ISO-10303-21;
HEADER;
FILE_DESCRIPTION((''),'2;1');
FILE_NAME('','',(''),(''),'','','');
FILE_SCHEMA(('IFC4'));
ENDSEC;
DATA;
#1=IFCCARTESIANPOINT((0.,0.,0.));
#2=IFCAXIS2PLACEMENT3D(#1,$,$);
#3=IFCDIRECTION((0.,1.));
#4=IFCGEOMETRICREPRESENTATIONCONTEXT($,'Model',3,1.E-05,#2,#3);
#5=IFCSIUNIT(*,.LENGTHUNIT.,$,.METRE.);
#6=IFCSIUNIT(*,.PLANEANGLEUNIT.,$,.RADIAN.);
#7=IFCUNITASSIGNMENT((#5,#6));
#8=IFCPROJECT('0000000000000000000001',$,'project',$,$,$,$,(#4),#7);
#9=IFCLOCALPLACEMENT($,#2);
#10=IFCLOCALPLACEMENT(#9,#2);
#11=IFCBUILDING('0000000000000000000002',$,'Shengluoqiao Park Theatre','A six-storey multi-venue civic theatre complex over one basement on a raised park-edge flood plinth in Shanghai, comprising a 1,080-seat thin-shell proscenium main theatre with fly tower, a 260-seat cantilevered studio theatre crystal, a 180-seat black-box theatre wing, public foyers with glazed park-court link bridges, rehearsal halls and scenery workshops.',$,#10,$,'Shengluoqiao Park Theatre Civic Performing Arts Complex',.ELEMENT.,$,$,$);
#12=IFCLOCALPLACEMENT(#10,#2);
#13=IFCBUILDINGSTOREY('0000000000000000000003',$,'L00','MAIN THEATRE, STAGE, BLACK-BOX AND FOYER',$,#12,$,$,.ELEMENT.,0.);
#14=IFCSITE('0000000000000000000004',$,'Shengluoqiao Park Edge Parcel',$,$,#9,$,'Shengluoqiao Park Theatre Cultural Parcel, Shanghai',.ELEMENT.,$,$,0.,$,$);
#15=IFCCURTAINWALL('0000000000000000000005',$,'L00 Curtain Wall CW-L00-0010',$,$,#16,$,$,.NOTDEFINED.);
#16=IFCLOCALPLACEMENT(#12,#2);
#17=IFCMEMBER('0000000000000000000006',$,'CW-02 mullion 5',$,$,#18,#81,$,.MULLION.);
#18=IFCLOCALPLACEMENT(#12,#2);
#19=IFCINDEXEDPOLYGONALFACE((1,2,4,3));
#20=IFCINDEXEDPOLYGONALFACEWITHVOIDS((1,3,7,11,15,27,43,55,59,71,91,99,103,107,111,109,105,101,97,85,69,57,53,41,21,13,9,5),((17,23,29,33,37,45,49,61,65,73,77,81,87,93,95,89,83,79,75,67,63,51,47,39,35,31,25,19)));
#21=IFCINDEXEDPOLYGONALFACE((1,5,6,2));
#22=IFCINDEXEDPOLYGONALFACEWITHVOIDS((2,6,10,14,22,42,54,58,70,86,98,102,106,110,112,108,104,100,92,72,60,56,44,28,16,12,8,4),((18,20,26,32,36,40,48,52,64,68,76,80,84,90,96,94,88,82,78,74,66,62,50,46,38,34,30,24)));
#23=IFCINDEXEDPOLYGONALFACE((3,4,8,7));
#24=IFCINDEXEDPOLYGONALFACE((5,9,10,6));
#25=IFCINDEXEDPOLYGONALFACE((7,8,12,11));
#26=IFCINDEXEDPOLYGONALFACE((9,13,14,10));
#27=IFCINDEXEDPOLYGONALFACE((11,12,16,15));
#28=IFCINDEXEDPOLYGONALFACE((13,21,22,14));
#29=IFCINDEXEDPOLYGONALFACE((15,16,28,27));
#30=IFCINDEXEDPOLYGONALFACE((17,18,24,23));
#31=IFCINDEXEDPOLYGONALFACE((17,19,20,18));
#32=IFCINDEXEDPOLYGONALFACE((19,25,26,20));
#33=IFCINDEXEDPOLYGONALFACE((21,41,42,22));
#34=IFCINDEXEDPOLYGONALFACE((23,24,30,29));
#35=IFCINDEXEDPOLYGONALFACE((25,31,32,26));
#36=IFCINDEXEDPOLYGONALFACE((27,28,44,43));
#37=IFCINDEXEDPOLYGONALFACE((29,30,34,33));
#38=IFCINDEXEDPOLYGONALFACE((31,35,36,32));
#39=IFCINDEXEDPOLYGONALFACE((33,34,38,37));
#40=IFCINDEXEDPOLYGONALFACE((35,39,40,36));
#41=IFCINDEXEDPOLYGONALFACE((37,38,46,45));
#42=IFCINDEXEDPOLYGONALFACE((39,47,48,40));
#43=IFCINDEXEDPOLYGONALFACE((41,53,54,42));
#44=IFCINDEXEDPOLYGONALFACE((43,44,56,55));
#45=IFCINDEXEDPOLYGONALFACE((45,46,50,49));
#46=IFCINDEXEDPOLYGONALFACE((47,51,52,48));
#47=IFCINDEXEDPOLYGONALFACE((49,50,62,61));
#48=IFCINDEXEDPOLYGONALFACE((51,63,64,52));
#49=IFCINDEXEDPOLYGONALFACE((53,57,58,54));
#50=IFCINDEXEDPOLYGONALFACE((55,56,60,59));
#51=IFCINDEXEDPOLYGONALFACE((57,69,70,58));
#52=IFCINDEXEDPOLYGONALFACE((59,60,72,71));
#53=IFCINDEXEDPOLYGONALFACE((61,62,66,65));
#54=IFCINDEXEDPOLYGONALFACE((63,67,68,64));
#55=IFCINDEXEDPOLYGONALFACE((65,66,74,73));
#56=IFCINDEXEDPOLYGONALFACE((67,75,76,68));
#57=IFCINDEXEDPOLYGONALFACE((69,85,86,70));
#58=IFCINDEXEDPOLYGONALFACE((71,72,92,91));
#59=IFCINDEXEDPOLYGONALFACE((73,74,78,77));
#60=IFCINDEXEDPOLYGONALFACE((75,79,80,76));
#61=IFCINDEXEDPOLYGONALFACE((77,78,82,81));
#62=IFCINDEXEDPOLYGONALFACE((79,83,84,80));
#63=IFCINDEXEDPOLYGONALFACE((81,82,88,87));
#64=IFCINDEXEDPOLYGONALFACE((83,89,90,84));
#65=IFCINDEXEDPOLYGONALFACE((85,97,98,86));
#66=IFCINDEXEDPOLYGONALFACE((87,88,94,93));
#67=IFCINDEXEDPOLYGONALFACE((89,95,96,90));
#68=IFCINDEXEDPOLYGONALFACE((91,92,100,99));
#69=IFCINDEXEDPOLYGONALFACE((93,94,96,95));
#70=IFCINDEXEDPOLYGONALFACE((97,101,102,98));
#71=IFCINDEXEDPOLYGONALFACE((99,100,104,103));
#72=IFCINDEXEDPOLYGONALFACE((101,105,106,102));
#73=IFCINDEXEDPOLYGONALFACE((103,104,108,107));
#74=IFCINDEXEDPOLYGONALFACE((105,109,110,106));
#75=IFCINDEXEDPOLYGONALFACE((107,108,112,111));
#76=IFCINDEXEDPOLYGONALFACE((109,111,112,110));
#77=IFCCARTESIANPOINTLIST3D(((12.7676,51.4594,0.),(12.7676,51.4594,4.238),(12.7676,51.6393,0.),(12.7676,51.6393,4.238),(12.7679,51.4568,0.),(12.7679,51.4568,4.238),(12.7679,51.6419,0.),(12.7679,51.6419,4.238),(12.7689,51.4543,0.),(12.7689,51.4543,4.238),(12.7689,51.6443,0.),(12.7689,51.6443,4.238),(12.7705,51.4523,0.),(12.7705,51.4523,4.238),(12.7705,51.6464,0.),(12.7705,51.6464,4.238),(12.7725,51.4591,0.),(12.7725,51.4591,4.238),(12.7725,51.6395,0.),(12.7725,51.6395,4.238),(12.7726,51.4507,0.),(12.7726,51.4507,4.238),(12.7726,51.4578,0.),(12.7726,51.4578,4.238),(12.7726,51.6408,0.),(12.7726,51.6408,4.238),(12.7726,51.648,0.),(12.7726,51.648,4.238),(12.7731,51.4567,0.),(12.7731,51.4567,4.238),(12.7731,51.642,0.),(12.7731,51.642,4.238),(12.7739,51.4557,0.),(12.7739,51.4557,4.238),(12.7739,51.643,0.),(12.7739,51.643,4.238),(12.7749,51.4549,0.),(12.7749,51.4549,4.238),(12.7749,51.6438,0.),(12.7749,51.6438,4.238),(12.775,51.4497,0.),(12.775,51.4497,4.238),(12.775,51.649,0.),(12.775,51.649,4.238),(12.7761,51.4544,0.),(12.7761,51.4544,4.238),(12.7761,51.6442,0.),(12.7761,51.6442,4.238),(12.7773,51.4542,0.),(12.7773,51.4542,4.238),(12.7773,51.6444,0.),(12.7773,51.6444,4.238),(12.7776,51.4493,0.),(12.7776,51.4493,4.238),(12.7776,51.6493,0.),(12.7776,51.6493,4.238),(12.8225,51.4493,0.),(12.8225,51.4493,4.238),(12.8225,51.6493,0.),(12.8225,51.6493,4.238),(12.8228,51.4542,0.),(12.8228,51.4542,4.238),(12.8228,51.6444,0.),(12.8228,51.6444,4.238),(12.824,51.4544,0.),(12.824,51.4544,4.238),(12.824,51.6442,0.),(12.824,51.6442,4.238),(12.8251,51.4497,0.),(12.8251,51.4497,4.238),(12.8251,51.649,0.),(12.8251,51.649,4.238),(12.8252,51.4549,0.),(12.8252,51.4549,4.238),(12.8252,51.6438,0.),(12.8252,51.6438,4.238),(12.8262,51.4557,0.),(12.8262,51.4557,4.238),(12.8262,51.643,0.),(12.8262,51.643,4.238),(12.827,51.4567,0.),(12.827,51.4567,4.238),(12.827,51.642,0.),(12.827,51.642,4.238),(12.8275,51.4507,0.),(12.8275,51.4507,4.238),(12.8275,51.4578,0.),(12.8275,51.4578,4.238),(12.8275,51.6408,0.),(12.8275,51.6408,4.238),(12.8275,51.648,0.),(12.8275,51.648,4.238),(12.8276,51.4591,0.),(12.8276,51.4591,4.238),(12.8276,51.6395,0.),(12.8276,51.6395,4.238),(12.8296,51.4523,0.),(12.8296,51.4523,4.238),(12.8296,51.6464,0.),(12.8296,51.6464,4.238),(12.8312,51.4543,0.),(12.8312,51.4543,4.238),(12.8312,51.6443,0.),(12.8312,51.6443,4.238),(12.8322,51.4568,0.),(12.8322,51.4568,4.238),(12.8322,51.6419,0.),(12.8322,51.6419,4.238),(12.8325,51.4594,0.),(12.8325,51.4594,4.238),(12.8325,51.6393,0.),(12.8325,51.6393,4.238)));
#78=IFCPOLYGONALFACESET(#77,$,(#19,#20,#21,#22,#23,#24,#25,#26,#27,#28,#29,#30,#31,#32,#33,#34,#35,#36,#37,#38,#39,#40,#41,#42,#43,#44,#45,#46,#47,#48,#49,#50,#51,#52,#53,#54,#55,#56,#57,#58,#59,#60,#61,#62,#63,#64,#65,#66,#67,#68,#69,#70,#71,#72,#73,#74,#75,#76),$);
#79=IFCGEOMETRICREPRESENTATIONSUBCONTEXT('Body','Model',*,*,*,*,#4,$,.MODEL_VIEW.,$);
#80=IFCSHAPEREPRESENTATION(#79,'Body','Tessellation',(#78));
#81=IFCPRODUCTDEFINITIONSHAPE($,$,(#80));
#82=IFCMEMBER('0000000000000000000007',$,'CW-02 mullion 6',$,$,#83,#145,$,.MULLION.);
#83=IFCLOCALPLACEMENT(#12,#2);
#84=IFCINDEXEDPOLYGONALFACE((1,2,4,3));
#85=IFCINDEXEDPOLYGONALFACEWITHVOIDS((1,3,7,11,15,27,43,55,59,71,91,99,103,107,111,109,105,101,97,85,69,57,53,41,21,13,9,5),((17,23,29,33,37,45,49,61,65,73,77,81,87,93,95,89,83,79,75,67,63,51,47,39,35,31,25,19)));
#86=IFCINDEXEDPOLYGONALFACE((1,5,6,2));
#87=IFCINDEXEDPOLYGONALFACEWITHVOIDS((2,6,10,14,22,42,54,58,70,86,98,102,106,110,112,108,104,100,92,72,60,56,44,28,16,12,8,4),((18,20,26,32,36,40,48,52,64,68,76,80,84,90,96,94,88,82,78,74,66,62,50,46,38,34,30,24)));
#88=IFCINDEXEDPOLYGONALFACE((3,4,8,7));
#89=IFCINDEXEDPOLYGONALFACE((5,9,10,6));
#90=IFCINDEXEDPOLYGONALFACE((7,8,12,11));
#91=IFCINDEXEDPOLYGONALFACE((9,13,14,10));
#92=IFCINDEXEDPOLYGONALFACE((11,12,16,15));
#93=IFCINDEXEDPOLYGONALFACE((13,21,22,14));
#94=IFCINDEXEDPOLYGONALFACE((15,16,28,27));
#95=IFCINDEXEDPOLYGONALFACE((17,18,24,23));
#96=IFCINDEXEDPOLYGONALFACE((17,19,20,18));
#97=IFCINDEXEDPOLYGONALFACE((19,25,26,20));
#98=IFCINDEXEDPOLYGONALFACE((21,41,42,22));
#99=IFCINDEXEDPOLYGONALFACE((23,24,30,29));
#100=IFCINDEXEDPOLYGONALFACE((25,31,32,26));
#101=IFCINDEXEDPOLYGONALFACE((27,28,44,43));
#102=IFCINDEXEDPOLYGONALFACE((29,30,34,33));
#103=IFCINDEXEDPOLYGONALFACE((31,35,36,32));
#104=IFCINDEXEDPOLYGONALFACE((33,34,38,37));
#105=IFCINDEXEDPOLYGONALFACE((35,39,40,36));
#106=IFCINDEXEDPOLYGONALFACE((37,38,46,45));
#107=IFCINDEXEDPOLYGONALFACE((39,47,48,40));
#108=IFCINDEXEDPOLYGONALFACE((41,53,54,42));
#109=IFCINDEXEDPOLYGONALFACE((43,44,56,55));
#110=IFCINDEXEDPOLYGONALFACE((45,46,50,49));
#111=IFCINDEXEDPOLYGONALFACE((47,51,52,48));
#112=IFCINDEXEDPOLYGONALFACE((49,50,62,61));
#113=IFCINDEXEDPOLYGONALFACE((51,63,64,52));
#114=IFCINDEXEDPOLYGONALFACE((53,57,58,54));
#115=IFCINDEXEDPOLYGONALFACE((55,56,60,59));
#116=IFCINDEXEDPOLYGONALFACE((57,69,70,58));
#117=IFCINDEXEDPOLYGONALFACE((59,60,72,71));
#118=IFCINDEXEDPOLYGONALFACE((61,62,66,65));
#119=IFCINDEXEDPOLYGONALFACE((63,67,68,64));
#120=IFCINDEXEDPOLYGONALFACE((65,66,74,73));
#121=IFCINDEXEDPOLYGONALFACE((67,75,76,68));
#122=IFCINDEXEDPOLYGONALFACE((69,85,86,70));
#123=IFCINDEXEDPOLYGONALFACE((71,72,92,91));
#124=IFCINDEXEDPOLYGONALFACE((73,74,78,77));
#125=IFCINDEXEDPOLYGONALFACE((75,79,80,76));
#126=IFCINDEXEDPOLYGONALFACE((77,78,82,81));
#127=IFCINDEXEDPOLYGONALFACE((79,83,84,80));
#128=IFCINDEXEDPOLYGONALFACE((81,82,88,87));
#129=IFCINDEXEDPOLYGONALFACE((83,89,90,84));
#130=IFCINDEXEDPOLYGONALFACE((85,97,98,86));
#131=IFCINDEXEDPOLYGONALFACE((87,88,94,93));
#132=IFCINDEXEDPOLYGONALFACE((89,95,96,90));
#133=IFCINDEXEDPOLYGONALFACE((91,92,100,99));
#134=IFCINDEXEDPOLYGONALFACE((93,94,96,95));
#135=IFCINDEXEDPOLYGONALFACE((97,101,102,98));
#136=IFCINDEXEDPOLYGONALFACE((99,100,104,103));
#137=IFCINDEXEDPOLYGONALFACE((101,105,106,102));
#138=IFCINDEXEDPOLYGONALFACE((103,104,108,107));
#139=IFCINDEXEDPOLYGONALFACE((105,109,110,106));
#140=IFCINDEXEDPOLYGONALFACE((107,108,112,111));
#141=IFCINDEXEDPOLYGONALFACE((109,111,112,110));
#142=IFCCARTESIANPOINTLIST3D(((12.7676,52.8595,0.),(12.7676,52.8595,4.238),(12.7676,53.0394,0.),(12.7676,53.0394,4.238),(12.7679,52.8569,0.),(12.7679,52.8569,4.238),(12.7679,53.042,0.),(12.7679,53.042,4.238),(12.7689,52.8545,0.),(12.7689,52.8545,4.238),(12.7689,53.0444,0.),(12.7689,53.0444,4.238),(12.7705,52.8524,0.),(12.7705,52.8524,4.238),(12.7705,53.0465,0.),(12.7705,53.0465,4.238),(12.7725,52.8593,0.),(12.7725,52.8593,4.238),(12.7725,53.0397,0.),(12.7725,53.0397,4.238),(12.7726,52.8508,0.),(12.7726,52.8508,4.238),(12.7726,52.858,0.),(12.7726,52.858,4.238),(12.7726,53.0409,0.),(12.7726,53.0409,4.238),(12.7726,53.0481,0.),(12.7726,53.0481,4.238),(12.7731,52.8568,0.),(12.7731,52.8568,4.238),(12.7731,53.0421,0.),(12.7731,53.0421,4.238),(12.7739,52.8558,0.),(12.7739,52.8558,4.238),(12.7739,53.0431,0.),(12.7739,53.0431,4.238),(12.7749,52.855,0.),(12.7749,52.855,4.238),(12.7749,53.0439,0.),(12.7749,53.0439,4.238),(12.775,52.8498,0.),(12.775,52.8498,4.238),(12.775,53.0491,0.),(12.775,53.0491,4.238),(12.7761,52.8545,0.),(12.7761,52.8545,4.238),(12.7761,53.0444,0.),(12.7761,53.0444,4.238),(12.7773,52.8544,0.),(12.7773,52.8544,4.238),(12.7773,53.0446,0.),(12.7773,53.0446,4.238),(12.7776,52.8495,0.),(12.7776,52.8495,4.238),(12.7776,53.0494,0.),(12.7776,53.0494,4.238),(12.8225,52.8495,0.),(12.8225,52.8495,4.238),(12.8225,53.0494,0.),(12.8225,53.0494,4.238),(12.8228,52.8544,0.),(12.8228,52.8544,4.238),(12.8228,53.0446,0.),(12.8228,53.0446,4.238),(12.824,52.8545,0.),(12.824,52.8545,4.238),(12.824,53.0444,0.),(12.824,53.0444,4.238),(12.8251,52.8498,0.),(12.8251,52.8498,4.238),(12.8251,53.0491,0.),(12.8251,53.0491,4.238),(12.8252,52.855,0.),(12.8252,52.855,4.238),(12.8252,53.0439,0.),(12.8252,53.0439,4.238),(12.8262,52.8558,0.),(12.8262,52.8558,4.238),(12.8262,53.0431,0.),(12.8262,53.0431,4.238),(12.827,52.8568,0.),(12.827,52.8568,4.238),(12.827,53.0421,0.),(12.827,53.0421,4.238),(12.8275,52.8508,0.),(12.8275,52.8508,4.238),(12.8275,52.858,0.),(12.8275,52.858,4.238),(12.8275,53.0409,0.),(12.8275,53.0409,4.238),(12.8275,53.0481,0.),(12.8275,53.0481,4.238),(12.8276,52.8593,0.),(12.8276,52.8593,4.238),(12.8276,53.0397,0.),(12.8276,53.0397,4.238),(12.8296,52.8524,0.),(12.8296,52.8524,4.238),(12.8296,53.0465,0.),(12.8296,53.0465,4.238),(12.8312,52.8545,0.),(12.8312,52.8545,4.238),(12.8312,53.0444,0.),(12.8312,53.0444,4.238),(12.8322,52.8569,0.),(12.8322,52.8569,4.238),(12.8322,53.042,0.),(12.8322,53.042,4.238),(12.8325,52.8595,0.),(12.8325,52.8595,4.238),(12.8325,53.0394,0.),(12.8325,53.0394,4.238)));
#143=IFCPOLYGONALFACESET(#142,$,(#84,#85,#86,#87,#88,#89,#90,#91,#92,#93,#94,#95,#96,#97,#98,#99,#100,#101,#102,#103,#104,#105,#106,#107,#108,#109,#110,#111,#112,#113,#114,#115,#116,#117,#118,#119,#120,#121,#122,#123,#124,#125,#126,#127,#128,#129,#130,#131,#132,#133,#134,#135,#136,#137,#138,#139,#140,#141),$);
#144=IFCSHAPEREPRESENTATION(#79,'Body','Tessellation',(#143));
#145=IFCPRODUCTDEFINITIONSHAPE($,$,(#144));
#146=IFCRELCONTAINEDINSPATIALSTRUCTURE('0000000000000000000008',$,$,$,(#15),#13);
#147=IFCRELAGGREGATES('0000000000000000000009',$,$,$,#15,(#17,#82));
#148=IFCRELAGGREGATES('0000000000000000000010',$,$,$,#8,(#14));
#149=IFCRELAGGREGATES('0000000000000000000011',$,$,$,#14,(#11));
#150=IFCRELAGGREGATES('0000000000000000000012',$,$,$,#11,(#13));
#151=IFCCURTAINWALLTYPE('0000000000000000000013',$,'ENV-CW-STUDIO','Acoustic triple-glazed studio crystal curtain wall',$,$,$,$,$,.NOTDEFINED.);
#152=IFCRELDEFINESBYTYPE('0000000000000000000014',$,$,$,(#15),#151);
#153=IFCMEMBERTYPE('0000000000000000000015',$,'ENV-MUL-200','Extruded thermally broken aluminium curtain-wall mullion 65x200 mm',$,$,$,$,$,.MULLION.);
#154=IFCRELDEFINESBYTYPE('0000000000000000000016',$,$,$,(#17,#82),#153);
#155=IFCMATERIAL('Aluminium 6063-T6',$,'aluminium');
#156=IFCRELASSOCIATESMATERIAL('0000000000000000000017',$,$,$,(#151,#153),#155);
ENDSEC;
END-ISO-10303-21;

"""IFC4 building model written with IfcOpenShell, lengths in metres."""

from ifc_helpers import new_model, si_unit, direction, frame, origin, origin_2d, place, context, subcontext, project, spatial, hollow_rectangle, extrude, material, material_profile, profile_set, type_object, element, aggregate, save


model = new_model("IFC4")

# Units and contexts
model_context = context("Model", 3, precision=1e-05, world=origin(), true_north=direction((0.0, 1.0)))
body_context = subcontext(model_context, "Body", "Model", "MODEL_VIEW")
ifc_project = project(units=[si_unit("LENGTHUNIT", "METRE"), si_unit("PLANEANGLEUNIT", "RADIAN")], contexts=[model_context])

# Site, building, storey
site_placement = place(None, origin())
site = spatial("IfcSite", under=ifc_project, at=site_placement, Name="Shengluoqiao Park Edge Parcel", LongName="Shengluoqiao Park Theatre Cultural Parcel, Shanghai", CompositionType="ELEMENT", RefElevation=0.0)
building_placement = place(site_placement, origin())
building = spatial("IfcBuilding", under=site, at=building_placement, Name="Shengluoqiao Park Theatre", Description="A six-storey multi-venue civic theatre complex over one basement on a raised park-edge flood plinth in Shanghai, comprising a 1,080-seat thin-shell proscenium main theatre with fly tower, a 260-seat cantilevered studio theatre crystal, a 180-seat black-box theatre wing, public foyers with glazed park-court link bridges, rehearsal halls and scenery workshops.", LongName="Shengluoqiao Park Theatre Civic Performing Arts Complex", CompositionType="ELEMENT")
storey_placement = place(building_placement, origin())
storey = spatial("IfcBuildingStorey", under=building, at=storey_placement, Name="L00", Description="MAIN THEATRE, STAGE, BLACK-BOX AND FOYER", CompositionType="ELEMENT", Elevation=0.0)

# Curtain wall, members
ifc_material_1 = material(Name="Aluminium 6063-T6", Category="aluminium")
curtain_wall_type = type_object("IfcCurtainWallType", Name="ENV-CW-STUDIO", Description="Acoustic triple-glazed studio crystal curtain wall", PredefinedType="NOTDEFINED", material=ifc_material_1)
curtain_wall_placement = place(storey_placement, origin())
curtain_wall = element("IfcCurtainWall", 1, at=curtain_wall_placement, inside=storey, type_object=curtain_wall_type, Name="L00 Curtain Wall CW-L00-0010", PredefinedType="NOTDEFINED")
ifc_material_profile_1 = material_profile(ifc_material_1, hollow_rectangle(XDim=0.0649, YDim=0.2, WallThickness=0.0049, InnerFilletRadius=0.0049, OuterFilletRadius=0.01, at=origin_2d()), Name="ALU MULLION 200x65x5")
ifc_profile_set_1 = profile_set([ifc_material_profile_1], Name="Aluminium 6063-T6")
member_type_1 = type_object("IfcMemberType", Name="ENV-MUL-200", Description="Extruded thermally broken aluminium curtain-wall mullion 65x200 mm", PredefinedType="MULLION", material=ifc_profile_set_1)
member_1_placement = place(storey_placement, frame((12.8, 51.5493, 0.0), z_axis=(0.0, 0.0, 1.0), x_axis=(-1.0, 0.0, 0.0)))
member_1 = element("IfcMember", 2, at=member_1_placement, type_object=member_type_1, Name="CW-02 mullion 5", PredefinedType="MULLION", context=body_context, shape_type="SweptSolid", body=[
    extrude(hollow_rectangle(XDim=0.0649, YDim=0.2, WallThickness=0.0049, InnerFilletRadius=0.0049, OuterFilletRadius=0.01, at=origin_2d()), origin(), (0.0, 0.0, 1.0), 4.238),
])
member_2_placement = place(storey_placement, frame((12.8, 52.9495, 0.0), z_axis=(0.0, 0.0, 1.0), x_axis=(-1.0, 0.0, 0.0)))
member_2 = element("IfcMember", 3, at=member_2_placement, type_object=member_type_1, Name="CW-02 mullion 6", PredefinedType="MULLION", context=body_context, shape_type="SweptSolid", body=[
    extrude(hollow_rectangle(XDim=0.0649, YDim=0.2, WallThickness=0.0049, InnerFilletRadius=0.0049, OuterFilletRadius=0.01, at=origin_2d()), origin(), (0.0, 0.0, 1.0), 4.238),
])
aggregate(curtain_wall, [member_1, member_2])

save(model, "model.ifc")
